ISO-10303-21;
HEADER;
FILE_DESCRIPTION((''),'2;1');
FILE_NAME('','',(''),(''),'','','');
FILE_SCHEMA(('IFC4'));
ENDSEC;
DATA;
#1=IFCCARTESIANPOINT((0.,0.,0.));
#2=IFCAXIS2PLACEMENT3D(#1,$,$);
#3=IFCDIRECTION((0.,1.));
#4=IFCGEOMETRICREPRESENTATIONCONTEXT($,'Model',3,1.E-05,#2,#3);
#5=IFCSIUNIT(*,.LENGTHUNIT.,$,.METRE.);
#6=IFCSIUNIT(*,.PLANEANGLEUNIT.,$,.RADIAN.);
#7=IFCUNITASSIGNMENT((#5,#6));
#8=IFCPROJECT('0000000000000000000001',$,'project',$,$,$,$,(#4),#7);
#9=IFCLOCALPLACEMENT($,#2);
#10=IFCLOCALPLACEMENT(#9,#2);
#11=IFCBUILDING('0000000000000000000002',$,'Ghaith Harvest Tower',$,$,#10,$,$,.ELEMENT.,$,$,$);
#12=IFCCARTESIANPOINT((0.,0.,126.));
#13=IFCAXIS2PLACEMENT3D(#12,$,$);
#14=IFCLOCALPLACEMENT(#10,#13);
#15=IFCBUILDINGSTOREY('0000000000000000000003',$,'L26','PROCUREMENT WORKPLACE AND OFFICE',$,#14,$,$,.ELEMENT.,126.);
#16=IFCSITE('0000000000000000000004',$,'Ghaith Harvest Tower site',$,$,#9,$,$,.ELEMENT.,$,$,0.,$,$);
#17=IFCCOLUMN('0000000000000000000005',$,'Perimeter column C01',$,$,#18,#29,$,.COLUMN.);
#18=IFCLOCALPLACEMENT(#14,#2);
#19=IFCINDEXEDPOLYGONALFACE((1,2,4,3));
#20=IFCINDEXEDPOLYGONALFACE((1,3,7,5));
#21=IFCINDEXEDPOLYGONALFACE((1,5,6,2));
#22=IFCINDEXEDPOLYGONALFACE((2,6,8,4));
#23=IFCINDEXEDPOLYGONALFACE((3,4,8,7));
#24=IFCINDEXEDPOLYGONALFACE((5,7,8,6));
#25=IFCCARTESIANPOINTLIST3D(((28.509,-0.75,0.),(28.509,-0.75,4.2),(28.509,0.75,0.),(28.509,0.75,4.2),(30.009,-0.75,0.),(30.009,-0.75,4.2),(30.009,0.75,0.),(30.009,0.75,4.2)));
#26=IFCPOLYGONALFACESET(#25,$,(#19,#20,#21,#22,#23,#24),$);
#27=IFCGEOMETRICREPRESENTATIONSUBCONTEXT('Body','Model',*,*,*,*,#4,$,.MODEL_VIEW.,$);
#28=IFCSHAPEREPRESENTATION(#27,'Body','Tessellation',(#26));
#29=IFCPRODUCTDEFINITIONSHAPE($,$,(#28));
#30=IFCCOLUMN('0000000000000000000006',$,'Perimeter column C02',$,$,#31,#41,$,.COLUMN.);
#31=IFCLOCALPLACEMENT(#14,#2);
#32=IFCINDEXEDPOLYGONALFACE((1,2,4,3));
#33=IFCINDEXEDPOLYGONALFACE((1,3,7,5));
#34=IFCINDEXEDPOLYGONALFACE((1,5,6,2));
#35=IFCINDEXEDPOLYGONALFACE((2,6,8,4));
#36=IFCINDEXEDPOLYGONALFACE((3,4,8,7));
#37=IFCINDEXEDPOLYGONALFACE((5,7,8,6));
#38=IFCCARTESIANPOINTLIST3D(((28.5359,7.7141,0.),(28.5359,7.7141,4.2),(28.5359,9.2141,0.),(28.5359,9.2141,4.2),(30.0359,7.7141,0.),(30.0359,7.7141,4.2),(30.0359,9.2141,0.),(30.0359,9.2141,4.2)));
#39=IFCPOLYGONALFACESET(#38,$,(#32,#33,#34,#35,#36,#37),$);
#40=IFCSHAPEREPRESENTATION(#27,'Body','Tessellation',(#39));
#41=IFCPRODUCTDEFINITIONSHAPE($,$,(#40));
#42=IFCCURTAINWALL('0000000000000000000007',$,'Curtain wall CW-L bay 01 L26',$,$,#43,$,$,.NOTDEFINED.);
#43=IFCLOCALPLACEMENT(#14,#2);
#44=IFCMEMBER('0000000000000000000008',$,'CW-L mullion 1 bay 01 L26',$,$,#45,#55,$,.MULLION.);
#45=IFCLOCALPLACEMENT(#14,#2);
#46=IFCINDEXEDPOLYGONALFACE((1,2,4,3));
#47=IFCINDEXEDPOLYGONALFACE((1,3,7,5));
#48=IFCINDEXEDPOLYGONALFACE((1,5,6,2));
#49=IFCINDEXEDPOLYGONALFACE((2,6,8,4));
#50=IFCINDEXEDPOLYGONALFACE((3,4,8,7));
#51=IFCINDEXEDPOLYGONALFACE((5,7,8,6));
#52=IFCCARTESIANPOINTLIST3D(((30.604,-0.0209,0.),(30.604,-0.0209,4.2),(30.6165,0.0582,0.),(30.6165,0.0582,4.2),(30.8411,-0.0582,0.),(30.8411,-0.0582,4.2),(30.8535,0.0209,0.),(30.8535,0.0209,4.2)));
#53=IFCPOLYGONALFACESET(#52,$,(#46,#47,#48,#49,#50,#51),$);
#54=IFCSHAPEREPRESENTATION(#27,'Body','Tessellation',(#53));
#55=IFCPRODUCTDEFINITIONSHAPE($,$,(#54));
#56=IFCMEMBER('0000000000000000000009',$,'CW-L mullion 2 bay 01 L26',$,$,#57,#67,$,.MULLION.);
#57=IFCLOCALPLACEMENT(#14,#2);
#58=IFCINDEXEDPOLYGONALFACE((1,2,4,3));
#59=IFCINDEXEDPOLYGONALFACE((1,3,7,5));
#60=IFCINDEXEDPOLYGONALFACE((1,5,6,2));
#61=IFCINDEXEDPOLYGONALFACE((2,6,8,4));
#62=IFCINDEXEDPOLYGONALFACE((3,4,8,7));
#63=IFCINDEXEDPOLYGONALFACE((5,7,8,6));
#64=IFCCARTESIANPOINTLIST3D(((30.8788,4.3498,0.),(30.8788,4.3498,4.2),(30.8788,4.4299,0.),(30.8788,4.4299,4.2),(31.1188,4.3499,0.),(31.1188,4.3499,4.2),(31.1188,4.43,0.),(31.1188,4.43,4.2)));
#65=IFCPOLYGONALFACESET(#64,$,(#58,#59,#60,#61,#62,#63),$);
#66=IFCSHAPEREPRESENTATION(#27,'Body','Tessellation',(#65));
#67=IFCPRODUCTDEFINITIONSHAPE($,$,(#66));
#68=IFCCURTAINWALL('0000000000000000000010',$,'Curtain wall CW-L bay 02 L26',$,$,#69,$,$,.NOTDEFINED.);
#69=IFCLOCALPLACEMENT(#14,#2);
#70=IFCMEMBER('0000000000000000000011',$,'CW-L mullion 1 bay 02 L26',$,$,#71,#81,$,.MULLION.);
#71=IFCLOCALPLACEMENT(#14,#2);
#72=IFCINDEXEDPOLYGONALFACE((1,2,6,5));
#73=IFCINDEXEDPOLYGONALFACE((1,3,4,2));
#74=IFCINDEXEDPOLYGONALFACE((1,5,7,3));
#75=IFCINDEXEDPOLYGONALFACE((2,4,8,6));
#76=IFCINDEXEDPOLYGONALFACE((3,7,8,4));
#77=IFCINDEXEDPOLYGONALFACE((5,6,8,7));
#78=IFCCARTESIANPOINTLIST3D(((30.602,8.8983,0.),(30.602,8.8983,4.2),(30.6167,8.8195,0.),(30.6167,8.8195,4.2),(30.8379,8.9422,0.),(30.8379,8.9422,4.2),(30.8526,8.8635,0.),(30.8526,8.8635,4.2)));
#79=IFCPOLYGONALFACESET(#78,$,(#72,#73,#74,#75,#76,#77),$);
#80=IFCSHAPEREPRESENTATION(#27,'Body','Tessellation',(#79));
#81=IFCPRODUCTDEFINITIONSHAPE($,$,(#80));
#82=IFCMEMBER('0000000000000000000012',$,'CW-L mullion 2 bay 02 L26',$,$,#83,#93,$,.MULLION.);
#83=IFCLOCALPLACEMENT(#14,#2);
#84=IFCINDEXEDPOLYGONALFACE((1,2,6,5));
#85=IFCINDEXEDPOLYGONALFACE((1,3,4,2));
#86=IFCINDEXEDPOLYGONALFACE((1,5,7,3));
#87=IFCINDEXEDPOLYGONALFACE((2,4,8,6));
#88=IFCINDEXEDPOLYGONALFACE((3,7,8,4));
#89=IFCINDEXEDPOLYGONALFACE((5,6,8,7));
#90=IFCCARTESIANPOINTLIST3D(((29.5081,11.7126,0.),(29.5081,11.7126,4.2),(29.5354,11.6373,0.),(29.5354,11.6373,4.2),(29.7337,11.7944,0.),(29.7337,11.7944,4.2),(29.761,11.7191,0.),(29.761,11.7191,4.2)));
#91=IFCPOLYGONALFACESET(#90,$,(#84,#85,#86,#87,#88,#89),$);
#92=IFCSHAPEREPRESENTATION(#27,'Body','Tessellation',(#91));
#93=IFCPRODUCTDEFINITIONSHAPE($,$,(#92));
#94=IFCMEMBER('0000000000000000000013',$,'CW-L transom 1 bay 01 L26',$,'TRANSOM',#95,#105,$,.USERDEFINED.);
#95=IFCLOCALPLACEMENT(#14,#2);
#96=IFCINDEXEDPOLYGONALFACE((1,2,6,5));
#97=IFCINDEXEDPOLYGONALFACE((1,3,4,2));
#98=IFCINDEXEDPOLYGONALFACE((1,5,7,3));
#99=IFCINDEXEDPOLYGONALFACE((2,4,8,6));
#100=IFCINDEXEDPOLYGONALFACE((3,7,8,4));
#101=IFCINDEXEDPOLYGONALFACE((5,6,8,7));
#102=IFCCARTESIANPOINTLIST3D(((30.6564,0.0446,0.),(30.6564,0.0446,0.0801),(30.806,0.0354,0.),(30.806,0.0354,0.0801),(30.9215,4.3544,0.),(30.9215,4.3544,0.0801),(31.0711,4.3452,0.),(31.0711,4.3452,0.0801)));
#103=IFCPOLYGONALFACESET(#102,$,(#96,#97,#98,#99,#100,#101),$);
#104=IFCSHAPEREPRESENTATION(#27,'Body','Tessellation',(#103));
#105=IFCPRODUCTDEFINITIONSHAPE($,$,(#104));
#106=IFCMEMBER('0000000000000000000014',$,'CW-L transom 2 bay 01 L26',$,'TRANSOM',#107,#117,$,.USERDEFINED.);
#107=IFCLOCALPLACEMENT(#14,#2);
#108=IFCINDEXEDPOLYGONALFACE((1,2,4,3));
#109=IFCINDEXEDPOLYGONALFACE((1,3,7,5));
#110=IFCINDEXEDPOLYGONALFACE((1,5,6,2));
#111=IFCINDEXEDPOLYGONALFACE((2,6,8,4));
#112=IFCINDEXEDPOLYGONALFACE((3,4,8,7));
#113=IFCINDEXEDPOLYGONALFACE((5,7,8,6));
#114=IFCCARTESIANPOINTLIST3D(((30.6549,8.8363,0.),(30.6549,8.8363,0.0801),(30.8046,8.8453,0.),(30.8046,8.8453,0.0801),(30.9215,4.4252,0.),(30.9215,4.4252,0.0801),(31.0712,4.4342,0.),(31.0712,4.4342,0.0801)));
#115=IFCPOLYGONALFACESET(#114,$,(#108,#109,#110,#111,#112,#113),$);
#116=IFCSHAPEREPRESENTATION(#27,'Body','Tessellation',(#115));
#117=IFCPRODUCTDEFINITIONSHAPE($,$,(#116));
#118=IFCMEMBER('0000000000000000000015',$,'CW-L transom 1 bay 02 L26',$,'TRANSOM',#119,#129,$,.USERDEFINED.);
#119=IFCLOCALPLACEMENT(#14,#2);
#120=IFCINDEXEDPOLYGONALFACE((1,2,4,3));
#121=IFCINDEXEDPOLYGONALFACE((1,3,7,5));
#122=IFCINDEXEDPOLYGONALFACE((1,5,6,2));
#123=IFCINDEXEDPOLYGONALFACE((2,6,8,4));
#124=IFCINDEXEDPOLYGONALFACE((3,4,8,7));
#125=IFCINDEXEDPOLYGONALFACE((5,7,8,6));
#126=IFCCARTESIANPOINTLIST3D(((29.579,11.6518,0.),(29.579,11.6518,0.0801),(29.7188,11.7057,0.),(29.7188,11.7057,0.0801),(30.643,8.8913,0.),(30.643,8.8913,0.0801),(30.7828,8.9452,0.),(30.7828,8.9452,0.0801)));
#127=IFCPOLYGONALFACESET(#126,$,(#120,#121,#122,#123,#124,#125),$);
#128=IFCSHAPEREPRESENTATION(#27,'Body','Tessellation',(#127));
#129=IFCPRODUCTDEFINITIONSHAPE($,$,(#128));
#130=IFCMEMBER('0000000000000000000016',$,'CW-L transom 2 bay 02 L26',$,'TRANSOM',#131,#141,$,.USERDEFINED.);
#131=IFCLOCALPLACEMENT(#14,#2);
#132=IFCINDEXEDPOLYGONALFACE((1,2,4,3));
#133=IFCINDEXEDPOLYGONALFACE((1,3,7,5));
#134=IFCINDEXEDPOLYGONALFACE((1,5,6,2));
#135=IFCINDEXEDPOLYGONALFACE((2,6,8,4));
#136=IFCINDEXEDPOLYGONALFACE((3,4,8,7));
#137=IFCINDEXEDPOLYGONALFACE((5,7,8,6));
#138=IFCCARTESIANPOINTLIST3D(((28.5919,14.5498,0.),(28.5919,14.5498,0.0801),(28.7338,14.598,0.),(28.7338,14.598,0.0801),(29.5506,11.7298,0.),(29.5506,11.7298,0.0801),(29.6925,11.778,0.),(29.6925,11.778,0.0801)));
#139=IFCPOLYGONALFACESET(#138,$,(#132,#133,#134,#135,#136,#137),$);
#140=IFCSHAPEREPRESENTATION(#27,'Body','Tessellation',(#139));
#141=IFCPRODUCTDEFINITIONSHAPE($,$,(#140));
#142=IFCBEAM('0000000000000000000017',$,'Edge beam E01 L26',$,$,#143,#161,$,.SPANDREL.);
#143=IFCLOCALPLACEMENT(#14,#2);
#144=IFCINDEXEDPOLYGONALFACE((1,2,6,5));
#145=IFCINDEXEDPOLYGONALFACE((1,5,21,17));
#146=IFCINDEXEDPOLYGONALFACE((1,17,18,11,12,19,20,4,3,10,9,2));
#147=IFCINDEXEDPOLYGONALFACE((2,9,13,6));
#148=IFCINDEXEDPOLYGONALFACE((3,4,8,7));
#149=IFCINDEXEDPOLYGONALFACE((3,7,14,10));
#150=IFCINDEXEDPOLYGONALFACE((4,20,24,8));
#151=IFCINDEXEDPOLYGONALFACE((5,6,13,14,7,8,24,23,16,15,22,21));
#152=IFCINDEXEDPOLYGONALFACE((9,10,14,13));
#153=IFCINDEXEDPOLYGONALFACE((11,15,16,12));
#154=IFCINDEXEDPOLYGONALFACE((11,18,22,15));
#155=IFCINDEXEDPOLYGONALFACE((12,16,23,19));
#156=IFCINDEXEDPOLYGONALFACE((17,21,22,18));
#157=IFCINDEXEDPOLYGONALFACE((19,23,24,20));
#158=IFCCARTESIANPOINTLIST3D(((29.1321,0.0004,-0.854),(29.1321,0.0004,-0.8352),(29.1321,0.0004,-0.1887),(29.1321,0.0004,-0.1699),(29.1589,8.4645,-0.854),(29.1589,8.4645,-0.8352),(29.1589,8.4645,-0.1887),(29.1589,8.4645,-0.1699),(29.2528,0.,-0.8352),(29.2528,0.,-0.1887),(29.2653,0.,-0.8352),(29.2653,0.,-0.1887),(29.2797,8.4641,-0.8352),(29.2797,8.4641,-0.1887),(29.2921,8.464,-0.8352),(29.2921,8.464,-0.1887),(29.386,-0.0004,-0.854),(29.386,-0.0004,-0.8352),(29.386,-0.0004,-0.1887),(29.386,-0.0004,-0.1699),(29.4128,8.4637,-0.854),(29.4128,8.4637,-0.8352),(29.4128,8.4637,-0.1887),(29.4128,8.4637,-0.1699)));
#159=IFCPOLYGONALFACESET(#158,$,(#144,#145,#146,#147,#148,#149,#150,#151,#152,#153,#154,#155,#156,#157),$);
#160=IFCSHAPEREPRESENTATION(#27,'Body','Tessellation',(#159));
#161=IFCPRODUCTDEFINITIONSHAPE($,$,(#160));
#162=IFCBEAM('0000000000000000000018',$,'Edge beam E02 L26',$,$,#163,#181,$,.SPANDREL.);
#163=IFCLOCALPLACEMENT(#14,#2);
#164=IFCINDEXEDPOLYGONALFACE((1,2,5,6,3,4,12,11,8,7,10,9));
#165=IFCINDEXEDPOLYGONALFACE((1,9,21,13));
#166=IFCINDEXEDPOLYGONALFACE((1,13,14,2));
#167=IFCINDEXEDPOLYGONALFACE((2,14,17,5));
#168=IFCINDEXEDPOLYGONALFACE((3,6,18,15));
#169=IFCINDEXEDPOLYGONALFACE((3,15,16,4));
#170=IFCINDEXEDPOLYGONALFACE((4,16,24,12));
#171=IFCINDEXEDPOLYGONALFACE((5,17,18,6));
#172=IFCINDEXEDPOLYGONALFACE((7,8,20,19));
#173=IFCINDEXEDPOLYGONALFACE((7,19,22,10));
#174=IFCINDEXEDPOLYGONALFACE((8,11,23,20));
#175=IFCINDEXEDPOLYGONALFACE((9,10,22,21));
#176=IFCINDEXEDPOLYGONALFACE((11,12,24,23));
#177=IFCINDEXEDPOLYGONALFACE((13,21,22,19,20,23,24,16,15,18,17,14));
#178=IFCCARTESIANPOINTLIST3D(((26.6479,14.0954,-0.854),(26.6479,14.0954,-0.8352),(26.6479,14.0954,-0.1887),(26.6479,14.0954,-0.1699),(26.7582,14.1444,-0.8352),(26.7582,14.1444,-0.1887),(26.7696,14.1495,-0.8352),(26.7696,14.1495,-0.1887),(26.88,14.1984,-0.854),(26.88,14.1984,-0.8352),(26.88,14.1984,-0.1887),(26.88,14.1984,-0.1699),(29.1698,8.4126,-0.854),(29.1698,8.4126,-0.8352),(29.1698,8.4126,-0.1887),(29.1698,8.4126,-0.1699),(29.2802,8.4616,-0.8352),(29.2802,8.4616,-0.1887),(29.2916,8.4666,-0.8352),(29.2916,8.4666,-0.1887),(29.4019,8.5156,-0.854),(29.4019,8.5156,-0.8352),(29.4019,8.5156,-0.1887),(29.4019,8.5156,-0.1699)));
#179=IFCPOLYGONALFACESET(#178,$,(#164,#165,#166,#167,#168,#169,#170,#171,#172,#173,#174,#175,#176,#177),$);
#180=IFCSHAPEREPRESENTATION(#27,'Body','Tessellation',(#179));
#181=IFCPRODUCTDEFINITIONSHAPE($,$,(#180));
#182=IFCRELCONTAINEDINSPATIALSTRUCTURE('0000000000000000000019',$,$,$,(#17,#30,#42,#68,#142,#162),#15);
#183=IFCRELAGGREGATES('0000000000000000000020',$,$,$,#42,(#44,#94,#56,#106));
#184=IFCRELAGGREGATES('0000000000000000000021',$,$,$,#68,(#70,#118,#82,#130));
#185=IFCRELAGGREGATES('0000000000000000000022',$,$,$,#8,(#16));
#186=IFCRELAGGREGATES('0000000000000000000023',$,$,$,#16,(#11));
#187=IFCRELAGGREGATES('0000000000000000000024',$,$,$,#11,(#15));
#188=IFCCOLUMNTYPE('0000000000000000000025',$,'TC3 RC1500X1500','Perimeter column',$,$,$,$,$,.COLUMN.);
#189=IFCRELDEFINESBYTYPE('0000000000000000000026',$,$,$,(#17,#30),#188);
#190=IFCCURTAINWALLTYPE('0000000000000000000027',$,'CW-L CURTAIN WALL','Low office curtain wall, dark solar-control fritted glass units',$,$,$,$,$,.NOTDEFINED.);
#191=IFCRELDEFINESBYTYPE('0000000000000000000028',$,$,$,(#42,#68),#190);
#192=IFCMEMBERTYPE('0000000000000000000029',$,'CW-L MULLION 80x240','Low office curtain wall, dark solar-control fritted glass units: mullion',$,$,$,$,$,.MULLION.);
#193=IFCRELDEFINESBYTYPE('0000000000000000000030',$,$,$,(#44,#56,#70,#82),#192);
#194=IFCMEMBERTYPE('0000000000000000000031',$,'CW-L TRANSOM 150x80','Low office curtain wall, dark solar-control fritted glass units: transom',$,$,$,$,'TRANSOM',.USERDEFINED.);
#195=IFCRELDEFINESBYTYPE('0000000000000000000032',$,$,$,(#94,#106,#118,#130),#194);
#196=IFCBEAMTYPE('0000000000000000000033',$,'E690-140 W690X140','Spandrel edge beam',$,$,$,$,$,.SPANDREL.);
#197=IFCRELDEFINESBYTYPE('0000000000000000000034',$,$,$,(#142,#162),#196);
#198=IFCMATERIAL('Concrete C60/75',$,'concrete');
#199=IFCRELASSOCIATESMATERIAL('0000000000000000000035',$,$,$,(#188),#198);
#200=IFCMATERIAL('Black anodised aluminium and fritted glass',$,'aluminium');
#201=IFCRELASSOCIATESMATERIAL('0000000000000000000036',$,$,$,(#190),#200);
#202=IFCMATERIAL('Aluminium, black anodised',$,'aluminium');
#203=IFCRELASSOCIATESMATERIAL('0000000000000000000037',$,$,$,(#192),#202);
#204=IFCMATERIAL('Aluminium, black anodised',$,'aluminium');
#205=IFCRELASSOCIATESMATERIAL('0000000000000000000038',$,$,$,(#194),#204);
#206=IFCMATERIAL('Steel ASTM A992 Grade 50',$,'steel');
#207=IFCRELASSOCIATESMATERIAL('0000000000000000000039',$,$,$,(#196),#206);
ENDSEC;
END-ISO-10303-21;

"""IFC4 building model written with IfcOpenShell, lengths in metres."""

from ifc_helpers import new_model, si_unit, direction, frame, origin, origin_2d, place, context, subcontext, project, spatial, rectangle, i_section, extrude, material, material_profile, profile_set, type_object, element, aggregate, save


model = new_model("IFC4")

# Units and contexts
model_context = context("Model", 3, precision=1e-05, world=origin(), true_north=direction((0.0, 1.0)))
body_context = subcontext(model_context, "Body", "Model", "MODEL_VIEW")
ifc_project = project(units=[si_unit("LENGTHUNIT", "METRE"), si_unit("PLANEANGLEUNIT", "RADIAN")], contexts=[model_context])

# Site, building, storey
site_placement = place(None, origin())
site = spatial("IfcSite", under=ifc_project, at=site_placement, Name="Ghaith Harvest Tower site", CompositionType="ELEMENT", RefElevation=0.0)
building_placement = place(site_placement, origin())
building = spatial("IfcBuilding", under=site, at=building_placement, Name="Ghaith Harvest Tower", CompositionType="ELEMENT")
storey_placement = place(building_placement, frame((0.0, 0.0, 126.0)))
storey = spatial("IfcBuildingStorey", under=building, at=storey_placement, Name="L26", Description="PROCUREMENT WORKPLACE AND OFFICE", CompositionType="ELEMENT", Elevation=126.0)

# Columns
ifc_material_1 = material(Name="Concrete C60/75", Category="concrete")
ifc_material_profile_1 = material_profile(ifc_material_1, rectangle(XDim=1.5, YDim=1.5, at=origin_2d()), Name="RC1500X1500")
ifc_profile_set_1 = profile_set([ifc_material_profile_1], Name="Concrete C60/75")
column_type = type_object("IfcColumnType", Name="TC3 RC1500X1500", Description="Perimeter column", PredefinedType="COLUMN", material=ifc_profile_set_1)
for number, where, z_axis, x_axis, name in (
    (1, (29.259, 0.0, 0.0), (0.0, 0.0, 1.0), (1.0, 0.0, 0.0), "Perimeter column C01"),
    (2, (29.2859, 8.4641, 0.0), (0.0, 0.0, 1.0), (1.0, 0.0, 0.0), "Perimeter column C02"),
):
    element("IfcColumn", number, at=place(storey_placement, frame(where, z_axis=z_axis, x_axis=x_axis)), inside=storey, type_object=column_type, Name=name, PredefinedType="COLUMN", context=body_context, shape_type="SweptSolid", body=[
        extrude(rectangle(XDim=1.5, YDim=1.5, at=origin_2d()), origin(), (0.0, 0.0, 1.0), 4.2),
    ])

# Curtain walls, members
ifc_material_2 = material(Name="Black anodised aluminium and fritted glass", Category="aluminium")
curtain_wall_type = type_object("IfcCurtainWallType", Name="CW-L CURTAIN WALL", Description="Low office curtain wall, dark solar-control fritted glass units", PredefinedType="NOTDEFINED", material=ifc_material_2)
curtain_wall_1_placement = place(storey_placement, origin())
curtain_wall_1 = element("IfcCurtainWall", 3, at=curtain_wall_1_placement, inside=storey, type_object=curtain_wall_type, Name="Curtain wall CW-L bay 01 L26", PredefinedType="NOTDEFINED")
ifc_material_3 = material(Name="Aluminium, black anodised", Category="aluminium")
ifc_material_profile_2 = material_profile(ifc_material_3, rectangle(XDim=0.0801, YDim=0.24, at=origin_2d()), Name="CW-L MULLION 80x240")
ifc_profile_set_2 = profile_set([ifc_material_profile_2], Name="Aluminium, black anodised")
member_type_1 = type_object("IfcMemberType", Name="CW-L MULLION 80x240", Description="Low office curtain wall, dark solar-control fritted glass units: mullion", PredefinedType="MULLION", material=ifc_profile_set_2)
member_1_placement = place(storey_placement, frame((30.7288, 0.0, 0.0), z_axis=(0.0, 0.0, 1.0), x_axis=(0.155597, 0.987821, 0.0)))
member_1 = element("IfcMember", 4, at=member_1_placement, type_object=member_type_1, Name="CW-L mullion 1 bay 01 L26", PredefinedType="MULLION", context=body_context, shape_type="SweptSolid", body=[
    extrude(rectangle(XDim=0.0801, YDim=0.24, at=origin_2d()), origin(), (0.0, 0.0, 1.0), 4.2),
])
member_2_placement = place(storey_placement, frame((30.9988, 4.3899, 0.0), z_axis=(0.0, 0.0, 1.0), x_axis=(-0.000162, 1.0, 0.0)))
member_2 = element("IfcMember", 5, at=member_2_placement, type_object=member_type_1, Name="CW-L mullion 2 bay 01 L26", PredefinedType="MULLION", context=body_context, shape_type="SweptSolid", body=[
    extrude(rectangle(XDim=0.0801, YDim=0.24, at=origin_2d()), origin(), (0.0, 0.0, 1.0), 4.2),
])
curtain_wall_2_placement = place(storey_placement, origin())
curtain_wall_2 = element("IfcCurtainWall", 6, at=curtain_wall_2_placement, inside=storey, type_object=curtain_wall_type, Name="Curtain wall CW-L bay 02 L26", PredefinedType="NOTDEFINED")
member_3_placement = place(storey_placement, frame((30.7273, 8.8809, 0.0), z_axis=(0.0, 0.0, 1.0), x_axis=(-0.18307, 0.9831, 0.0)))
member_3 = element("IfcMember", 7, at=member_3_placement, type_object=member_type_1, Name="CW-L mullion 1 bay 02 L26", PredefinedType="MULLION", context=body_context, shape_type="SweptSolid", body=[
    extrude(rectangle(XDim=0.0801, YDim=0.24, at=origin_2d()), origin(), (0.0, 0.0, 1.0), 4.2),
])
member_4_placement = place(storey_placement, frame((29.6345, 11.7158, 0.0), z_axis=(0.0, 0.0, 1.0), x_axis=(-0.340771, 0.940146, 0.0)))
member_4 = element("IfcMember", 8, at=member_4_placement, type_object=member_type_1, Name="CW-L mullion 2 bay 02 L26", PredefinedType="MULLION", context=body_context, shape_type="SweptSolid", body=[
    extrude(rectangle(XDim=0.0801, YDim=0.24, at=origin_2d()), origin(), (0.0, 0.0, 1.0), 4.2),
])

# Members
ifc_material_4 = material(Name="Aluminium, black anodised", Category="aluminium")
ifc_material_profile_3 = material_profile(ifc_material_4, rectangle(XDim=0.1499, YDim=0.0801, at=origin_2d()), Name="CW-L TRANSOM 150x80")
ifc_profile_set_3 = profile_set([ifc_material_profile_3], Name="Aluminium, black anodised")
member_type_2 = type_object("IfcMemberType", Name="CW-L TRANSOM 150x80", Description="Low office curtain wall, dark solar-control fritted glass units: transom", ElementType="TRANSOM", PredefinedType="USERDEFINED", material=ifc_profile_set_3)
member_5_placement = place(storey_placement, frame((30.7312, 0.04, 0.04), z_axis=(0.061403, 0.998113, 0.0), x_axis=(-0.998113, 0.061403, 0.0)))
member_5 = element("IfcMember", 9, at=member_5_placement, type_object=member_type_2, Name="CW-L transom 1 bay 01 L26", ObjectType="TRANSOM", PredefinedType="USERDEFINED", context=body_context, shape_type="SweptSolid", body=[
    extrude(rectangle(XDim=0.1499, YDim=0.0801, at=origin_2d()), origin(), (0.0, 0.0, 1.0), 4.3179),
])
member_6_placement = place(storey_placement, frame((30.9963, 4.4297, 0.04), z_axis=(-0.060328, 0.998179, 0.0), x_axis=(-0.998179, -0.060328, 0.0)))
member_6 = element("IfcMember", 10, at=member_6_placement, type_object=member_type_2, Name="CW-L transom 2 bay 01 L26", ObjectType="TRANSOM", PredefinedType="USERDEFINED", context=body_context, shape_type="SweptSolid", body=[
    extrude(rectangle(XDim=0.1499, YDim=0.0801, at=origin_2d()), origin(), (0.0, 0.0, 1.0), 4.4192),
])
member_7_placement = place(storey_placement, frame((30.7129, 8.9182, 0.04), z_axis=(-0.359637, 0.933092, 0.0), x_axis=(-0.933092, -0.359637, 0.0)))
member_7 = element("IfcMember", 11, at=member_7_placement, type_object=member_type_2, Name="CW-L transom 1 bay 02 L26", ObjectType="TRANSOM", PredefinedType="USERDEFINED", context=body_context, shape_type="SweptSolid", body=[
    extrude(rectangle(XDim=0.1499, YDim=0.0801, at=origin_2d()), origin(), (0.0, 0.0, 1.0), 2.9585),
])
member_8_placement = place(storey_placement, frame((29.6216, 11.7539, 0.04), z_axis=(-0.321878, 0.946781, 0.0), x_axis=(-0.946781, -0.321878, 0.0)))
member_8 = element("IfcMember", 12, at=member_8_placement, type_object=member_type_2, Name="CW-L transom 2 bay 02 L26", ObjectType="TRANSOM", PredefinedType="USERDEFINED", context=body_context, shape_type="SweptSolid", body=[
    extrude(rectangle(XDim=0.1499, YDim=0.0801, at=origin_2d()), origin(), (0.0, 0.0, 1.0), 2.9785),
])

# Beams
ifc_material_5 = material(Name="Steel ASTM A992 Grade 50", Category="steel")
ifc_material_profile_4 = material_profile(ifc_material_5, i_section(OverallWidth=0.2539, OverallDepth=0.6841, WebThickness=0.0125, FlangeThickness=0.0188, at=origin_2d()), Name="W690X140")
ifc_profile_set_4 = profile_set([ifc_material_profile_4], Name="Steel ASTM A992 Grade 50")
beam_type = type_object("IfcBeamType", Name="E690-140 W690X140", Description="Spandrel edge beam", PredefinedType="SPANDREL", material=ifc_profile_set_4)
beam_1_placement = place(storey_placement, frame((29.259, 0.0, -0.512), z_axis=(0.003173, 0.999995, 0.0), x_axis=(-0.999995, 0.003173, 0.0)))
element("IfcBeam", 13, at=beam_1_placement, inside=storey, type_object=beam_type, Name="Edge beam E01 L26", PredefinedType="SPANDREL", context=body_context, shape_type="SweptSolid", body=[
    extrude(i_section(OverallWidth=0.2539, OverallDepth=0.6841, WebThickness=0.0125, FlangeThickness=0.0188, at=origin_2d()), origin(), (0.0, 0.0, 1.0), 8.4641),
])
beam_2_placement = place(storey_placement, frame((29.2859, 8.4641, -0.512), z_axis=(-0.405636, 0.914035, 0.0), x_axis=(-0.914035, -0.405636, 0.0)))
element("IfcBeam", 14, at=beam_2_placement, inside=storey, type_object=beam_type, Name="Edge beam E02 L26", PredefinedType="SPANDREL", context=body_context, shape_type="SweptSolid", body=[
    extrude(i_section(OverallWidth=0.2539, OverallDepth=0.6841, WebThickness=0.0125, FlangeThickness=0.0188, at=origin_2d()), origin(), (0.0, 0.0, 1.0), 6.2173),
])

aggregate(curtain_wall_1, [member_1, member_5, member_2, member_6])
aggregate(curtain_wall_2, [member_3, member_7, member_4, member_8])

save(model, "model.ifc")
